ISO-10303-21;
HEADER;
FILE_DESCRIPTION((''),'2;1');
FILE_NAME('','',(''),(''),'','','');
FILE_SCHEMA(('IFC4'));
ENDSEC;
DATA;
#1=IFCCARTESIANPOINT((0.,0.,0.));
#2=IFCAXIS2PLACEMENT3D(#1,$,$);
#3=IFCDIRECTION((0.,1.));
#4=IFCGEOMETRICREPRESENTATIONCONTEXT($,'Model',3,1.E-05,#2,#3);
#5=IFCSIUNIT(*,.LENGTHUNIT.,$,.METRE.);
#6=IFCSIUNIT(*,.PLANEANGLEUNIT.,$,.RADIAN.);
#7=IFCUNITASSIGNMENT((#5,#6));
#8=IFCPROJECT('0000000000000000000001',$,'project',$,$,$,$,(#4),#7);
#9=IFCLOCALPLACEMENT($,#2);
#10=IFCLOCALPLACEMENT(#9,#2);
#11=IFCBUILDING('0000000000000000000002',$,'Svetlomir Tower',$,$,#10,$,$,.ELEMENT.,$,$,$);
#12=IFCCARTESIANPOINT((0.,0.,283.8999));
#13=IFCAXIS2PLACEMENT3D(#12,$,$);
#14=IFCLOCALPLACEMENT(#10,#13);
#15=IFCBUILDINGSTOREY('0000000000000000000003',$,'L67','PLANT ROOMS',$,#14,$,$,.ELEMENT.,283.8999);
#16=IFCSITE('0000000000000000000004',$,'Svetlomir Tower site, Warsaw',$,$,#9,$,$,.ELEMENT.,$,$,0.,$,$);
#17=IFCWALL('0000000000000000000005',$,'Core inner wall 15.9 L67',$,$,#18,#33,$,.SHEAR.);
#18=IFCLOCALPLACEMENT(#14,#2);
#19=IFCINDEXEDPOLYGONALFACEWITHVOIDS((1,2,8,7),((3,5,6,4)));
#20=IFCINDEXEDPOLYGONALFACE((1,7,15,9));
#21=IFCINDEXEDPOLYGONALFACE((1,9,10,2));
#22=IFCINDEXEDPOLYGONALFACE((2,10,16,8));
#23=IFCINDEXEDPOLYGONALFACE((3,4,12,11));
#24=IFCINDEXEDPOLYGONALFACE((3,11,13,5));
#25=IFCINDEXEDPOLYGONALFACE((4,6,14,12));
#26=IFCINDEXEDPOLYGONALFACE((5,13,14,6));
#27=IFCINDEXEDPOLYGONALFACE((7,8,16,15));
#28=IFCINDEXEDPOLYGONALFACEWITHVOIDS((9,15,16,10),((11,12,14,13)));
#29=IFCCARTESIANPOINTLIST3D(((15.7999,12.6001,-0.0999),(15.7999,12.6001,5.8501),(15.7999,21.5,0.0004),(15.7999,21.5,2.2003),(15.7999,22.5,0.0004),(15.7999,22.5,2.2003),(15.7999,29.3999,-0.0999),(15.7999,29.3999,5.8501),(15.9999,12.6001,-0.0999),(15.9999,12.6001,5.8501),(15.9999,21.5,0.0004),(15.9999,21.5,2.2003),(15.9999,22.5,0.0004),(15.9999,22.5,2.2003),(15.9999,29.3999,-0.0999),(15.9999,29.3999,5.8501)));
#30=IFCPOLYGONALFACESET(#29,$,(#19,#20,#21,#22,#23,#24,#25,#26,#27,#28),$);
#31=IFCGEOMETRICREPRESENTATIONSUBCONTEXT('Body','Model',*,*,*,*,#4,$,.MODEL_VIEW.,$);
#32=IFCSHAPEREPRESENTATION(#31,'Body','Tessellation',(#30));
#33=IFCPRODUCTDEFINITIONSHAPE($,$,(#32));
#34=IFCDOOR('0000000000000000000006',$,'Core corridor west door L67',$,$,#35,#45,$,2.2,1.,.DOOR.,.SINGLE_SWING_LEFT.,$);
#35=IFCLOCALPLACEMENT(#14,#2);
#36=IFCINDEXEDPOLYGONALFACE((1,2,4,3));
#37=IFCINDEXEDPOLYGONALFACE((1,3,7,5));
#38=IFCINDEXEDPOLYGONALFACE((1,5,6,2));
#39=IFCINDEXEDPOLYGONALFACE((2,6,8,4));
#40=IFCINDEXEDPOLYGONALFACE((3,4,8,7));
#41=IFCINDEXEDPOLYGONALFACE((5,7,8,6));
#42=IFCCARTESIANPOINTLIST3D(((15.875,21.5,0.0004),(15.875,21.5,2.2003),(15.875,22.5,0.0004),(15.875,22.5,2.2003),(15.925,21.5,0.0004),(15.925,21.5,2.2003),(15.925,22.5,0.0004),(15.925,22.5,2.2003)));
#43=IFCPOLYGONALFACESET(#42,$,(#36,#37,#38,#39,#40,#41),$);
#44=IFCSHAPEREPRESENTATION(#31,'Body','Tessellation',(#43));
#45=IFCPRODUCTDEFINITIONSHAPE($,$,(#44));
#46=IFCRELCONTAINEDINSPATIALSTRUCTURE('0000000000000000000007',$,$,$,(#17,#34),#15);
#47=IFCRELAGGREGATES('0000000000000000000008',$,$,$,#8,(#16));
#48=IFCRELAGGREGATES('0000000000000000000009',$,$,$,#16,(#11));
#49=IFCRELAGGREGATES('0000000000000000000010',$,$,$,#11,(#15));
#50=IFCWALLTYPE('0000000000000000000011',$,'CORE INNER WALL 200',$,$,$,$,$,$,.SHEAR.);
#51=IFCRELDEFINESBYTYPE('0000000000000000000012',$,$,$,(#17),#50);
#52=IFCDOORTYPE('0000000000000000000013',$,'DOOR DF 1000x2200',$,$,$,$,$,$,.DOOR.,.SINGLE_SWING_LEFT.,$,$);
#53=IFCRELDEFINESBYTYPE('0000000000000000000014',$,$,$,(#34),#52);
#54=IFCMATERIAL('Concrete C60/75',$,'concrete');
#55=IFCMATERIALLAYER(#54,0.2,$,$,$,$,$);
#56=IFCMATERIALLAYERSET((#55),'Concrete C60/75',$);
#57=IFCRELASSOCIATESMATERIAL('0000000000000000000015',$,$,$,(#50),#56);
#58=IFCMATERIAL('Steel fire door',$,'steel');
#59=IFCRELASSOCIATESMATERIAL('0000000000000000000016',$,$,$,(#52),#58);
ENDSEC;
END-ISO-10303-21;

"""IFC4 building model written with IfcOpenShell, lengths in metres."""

from ifc_helpers import new_model, si_unit, direction, frame, frame_2d, origin, place, context, subcontext, project, spatial, rectangle, extrude, material, layer, layer_set, type_object, element, fill, save


model = new_model("IFC4")

# Units and contexts
model_context = context("Model", 3, precision=1e-05, world=origin(), true_north=direction((0.0, 1.0)))
body_context = subcontext(model_context, "Body", "Model", "MODEL_VIEW")
ifc_project = project(units=[si_unit("LENGTHUNIT", "METRE"), si_unit("PLANEANGLEUNIT", "RADIAN")], contexts=[model_context])

# Site, building, storey
site_placement = place(None, origin())
site = spatial("IfcSite", under=ifc_project, at=site_placement, Name="Svetlomir Tower site, Warsaw", CompositionType="ELEMENT", RefElevation=0.0)
building_placement = place(site_placement, origin())
building = spatial("IfcBuilding", under=site, at=building_placement, Name="Svetlomir Tower", CompositionType="ELEMENT")
storey_placement = place(building_placement, frame((0.0, 0.0, 283.8999)))
storey = spatial("IfcBuildingStorey", under=building, at=storey_placement, Name="L67", Description="PLANT ROOMS", CompositionType="ELEMENT", Elevation=283.8999)

# Wall, opening, door
ifc_material_1 = material(Name="Concrete C60/75", Category="concrete")
ifc_layer_1 = layer(ifc_material_1, 0.2)
ifc_layer_set_1 = layer_set([ifc_layer_1], Name="Concrete C60/75")
wall_type_1 = type_object("IfcWallType", Name="CORE INNER WALL 200", PredefinedType="SHEAR", material=ifc_layer_set_1)
wall_1_placement = place(storey_placement, frame((15.8999, 12.6001, -0.0999), z_axis=(0.0, 0.0, 1.0), x_axis=(0.0, 1.0, 0.0)))
wall_1 = element("IfcWall", 1, at=wall_1_placement, inside=storey, type_object=wall_type_1, Name="Core inner wall 15.9 L67", PredefinedType="SHEAR", context=body_context, shape_type="SweptSolid", body=[
    extrude(rectangle(XDim=16.7998, YDim=0.2, at=frame_2d((8.3999, 0.0))), origin(), (0.0, 0.0, 1.0), 5.95),
])
opening_1_placement = place(wall_1_placement, frame((8.8999, 0.0, 0.1001)))
opening_1 = element("IfcOpeningElement", 2, at=opening_1_placement, cuts=wall_1, PredefinedType="OPENING", context=body_context, shape_type="SweptSolid", body=[
    extrude(rectangle(XDim=1.0, YDim=2.2, at=frame_2d((0.5, 1.1001))), frame((0.0, 0.1099, 0.0), z_axis=(0.0, -1.0, 0.0), x_axis=(1.0, 0.0, 0.0)), (0.0, 0.0, 1.0), 0.22),
])
ifc_material_2 = material(Name="Steel fire door", Category="steel")
door_type_1 = type_object("IfcDoorType", Name="DOOR DF 1000x2200", OperationType="SINGLE_SWING_LEFT", PredefinedType="DOOR", material=ifc_material_2)
door_1_placement = place(opening_1_placement, origin())
door_1 = element("IfcDoor", 3, at=door_1_placement, inside=storey, type_object=door_type_1, Name="Core corridor west door L67", OperationType="SINGLE_SWING_LEFT", OverallHeight=2.2, OverallWidth=1.0, PredefinedType="DOOR", context=body_context, shape_type="SweptSolid", body=[
    extrude(rectangle(XDim=1.0, YDim=2.2, at=frame_2d((0.5, 1.1001))), frame((0.0, 0.0249, 0.0), z_axis=(0.0, -1.0, 0.0), x_axis=(1.0, 0.0, 0.0)), (0.0, 0.0, 1.0), 0.05),
])
fill(opening_1, door_1)

save(model, "model.ifc")
